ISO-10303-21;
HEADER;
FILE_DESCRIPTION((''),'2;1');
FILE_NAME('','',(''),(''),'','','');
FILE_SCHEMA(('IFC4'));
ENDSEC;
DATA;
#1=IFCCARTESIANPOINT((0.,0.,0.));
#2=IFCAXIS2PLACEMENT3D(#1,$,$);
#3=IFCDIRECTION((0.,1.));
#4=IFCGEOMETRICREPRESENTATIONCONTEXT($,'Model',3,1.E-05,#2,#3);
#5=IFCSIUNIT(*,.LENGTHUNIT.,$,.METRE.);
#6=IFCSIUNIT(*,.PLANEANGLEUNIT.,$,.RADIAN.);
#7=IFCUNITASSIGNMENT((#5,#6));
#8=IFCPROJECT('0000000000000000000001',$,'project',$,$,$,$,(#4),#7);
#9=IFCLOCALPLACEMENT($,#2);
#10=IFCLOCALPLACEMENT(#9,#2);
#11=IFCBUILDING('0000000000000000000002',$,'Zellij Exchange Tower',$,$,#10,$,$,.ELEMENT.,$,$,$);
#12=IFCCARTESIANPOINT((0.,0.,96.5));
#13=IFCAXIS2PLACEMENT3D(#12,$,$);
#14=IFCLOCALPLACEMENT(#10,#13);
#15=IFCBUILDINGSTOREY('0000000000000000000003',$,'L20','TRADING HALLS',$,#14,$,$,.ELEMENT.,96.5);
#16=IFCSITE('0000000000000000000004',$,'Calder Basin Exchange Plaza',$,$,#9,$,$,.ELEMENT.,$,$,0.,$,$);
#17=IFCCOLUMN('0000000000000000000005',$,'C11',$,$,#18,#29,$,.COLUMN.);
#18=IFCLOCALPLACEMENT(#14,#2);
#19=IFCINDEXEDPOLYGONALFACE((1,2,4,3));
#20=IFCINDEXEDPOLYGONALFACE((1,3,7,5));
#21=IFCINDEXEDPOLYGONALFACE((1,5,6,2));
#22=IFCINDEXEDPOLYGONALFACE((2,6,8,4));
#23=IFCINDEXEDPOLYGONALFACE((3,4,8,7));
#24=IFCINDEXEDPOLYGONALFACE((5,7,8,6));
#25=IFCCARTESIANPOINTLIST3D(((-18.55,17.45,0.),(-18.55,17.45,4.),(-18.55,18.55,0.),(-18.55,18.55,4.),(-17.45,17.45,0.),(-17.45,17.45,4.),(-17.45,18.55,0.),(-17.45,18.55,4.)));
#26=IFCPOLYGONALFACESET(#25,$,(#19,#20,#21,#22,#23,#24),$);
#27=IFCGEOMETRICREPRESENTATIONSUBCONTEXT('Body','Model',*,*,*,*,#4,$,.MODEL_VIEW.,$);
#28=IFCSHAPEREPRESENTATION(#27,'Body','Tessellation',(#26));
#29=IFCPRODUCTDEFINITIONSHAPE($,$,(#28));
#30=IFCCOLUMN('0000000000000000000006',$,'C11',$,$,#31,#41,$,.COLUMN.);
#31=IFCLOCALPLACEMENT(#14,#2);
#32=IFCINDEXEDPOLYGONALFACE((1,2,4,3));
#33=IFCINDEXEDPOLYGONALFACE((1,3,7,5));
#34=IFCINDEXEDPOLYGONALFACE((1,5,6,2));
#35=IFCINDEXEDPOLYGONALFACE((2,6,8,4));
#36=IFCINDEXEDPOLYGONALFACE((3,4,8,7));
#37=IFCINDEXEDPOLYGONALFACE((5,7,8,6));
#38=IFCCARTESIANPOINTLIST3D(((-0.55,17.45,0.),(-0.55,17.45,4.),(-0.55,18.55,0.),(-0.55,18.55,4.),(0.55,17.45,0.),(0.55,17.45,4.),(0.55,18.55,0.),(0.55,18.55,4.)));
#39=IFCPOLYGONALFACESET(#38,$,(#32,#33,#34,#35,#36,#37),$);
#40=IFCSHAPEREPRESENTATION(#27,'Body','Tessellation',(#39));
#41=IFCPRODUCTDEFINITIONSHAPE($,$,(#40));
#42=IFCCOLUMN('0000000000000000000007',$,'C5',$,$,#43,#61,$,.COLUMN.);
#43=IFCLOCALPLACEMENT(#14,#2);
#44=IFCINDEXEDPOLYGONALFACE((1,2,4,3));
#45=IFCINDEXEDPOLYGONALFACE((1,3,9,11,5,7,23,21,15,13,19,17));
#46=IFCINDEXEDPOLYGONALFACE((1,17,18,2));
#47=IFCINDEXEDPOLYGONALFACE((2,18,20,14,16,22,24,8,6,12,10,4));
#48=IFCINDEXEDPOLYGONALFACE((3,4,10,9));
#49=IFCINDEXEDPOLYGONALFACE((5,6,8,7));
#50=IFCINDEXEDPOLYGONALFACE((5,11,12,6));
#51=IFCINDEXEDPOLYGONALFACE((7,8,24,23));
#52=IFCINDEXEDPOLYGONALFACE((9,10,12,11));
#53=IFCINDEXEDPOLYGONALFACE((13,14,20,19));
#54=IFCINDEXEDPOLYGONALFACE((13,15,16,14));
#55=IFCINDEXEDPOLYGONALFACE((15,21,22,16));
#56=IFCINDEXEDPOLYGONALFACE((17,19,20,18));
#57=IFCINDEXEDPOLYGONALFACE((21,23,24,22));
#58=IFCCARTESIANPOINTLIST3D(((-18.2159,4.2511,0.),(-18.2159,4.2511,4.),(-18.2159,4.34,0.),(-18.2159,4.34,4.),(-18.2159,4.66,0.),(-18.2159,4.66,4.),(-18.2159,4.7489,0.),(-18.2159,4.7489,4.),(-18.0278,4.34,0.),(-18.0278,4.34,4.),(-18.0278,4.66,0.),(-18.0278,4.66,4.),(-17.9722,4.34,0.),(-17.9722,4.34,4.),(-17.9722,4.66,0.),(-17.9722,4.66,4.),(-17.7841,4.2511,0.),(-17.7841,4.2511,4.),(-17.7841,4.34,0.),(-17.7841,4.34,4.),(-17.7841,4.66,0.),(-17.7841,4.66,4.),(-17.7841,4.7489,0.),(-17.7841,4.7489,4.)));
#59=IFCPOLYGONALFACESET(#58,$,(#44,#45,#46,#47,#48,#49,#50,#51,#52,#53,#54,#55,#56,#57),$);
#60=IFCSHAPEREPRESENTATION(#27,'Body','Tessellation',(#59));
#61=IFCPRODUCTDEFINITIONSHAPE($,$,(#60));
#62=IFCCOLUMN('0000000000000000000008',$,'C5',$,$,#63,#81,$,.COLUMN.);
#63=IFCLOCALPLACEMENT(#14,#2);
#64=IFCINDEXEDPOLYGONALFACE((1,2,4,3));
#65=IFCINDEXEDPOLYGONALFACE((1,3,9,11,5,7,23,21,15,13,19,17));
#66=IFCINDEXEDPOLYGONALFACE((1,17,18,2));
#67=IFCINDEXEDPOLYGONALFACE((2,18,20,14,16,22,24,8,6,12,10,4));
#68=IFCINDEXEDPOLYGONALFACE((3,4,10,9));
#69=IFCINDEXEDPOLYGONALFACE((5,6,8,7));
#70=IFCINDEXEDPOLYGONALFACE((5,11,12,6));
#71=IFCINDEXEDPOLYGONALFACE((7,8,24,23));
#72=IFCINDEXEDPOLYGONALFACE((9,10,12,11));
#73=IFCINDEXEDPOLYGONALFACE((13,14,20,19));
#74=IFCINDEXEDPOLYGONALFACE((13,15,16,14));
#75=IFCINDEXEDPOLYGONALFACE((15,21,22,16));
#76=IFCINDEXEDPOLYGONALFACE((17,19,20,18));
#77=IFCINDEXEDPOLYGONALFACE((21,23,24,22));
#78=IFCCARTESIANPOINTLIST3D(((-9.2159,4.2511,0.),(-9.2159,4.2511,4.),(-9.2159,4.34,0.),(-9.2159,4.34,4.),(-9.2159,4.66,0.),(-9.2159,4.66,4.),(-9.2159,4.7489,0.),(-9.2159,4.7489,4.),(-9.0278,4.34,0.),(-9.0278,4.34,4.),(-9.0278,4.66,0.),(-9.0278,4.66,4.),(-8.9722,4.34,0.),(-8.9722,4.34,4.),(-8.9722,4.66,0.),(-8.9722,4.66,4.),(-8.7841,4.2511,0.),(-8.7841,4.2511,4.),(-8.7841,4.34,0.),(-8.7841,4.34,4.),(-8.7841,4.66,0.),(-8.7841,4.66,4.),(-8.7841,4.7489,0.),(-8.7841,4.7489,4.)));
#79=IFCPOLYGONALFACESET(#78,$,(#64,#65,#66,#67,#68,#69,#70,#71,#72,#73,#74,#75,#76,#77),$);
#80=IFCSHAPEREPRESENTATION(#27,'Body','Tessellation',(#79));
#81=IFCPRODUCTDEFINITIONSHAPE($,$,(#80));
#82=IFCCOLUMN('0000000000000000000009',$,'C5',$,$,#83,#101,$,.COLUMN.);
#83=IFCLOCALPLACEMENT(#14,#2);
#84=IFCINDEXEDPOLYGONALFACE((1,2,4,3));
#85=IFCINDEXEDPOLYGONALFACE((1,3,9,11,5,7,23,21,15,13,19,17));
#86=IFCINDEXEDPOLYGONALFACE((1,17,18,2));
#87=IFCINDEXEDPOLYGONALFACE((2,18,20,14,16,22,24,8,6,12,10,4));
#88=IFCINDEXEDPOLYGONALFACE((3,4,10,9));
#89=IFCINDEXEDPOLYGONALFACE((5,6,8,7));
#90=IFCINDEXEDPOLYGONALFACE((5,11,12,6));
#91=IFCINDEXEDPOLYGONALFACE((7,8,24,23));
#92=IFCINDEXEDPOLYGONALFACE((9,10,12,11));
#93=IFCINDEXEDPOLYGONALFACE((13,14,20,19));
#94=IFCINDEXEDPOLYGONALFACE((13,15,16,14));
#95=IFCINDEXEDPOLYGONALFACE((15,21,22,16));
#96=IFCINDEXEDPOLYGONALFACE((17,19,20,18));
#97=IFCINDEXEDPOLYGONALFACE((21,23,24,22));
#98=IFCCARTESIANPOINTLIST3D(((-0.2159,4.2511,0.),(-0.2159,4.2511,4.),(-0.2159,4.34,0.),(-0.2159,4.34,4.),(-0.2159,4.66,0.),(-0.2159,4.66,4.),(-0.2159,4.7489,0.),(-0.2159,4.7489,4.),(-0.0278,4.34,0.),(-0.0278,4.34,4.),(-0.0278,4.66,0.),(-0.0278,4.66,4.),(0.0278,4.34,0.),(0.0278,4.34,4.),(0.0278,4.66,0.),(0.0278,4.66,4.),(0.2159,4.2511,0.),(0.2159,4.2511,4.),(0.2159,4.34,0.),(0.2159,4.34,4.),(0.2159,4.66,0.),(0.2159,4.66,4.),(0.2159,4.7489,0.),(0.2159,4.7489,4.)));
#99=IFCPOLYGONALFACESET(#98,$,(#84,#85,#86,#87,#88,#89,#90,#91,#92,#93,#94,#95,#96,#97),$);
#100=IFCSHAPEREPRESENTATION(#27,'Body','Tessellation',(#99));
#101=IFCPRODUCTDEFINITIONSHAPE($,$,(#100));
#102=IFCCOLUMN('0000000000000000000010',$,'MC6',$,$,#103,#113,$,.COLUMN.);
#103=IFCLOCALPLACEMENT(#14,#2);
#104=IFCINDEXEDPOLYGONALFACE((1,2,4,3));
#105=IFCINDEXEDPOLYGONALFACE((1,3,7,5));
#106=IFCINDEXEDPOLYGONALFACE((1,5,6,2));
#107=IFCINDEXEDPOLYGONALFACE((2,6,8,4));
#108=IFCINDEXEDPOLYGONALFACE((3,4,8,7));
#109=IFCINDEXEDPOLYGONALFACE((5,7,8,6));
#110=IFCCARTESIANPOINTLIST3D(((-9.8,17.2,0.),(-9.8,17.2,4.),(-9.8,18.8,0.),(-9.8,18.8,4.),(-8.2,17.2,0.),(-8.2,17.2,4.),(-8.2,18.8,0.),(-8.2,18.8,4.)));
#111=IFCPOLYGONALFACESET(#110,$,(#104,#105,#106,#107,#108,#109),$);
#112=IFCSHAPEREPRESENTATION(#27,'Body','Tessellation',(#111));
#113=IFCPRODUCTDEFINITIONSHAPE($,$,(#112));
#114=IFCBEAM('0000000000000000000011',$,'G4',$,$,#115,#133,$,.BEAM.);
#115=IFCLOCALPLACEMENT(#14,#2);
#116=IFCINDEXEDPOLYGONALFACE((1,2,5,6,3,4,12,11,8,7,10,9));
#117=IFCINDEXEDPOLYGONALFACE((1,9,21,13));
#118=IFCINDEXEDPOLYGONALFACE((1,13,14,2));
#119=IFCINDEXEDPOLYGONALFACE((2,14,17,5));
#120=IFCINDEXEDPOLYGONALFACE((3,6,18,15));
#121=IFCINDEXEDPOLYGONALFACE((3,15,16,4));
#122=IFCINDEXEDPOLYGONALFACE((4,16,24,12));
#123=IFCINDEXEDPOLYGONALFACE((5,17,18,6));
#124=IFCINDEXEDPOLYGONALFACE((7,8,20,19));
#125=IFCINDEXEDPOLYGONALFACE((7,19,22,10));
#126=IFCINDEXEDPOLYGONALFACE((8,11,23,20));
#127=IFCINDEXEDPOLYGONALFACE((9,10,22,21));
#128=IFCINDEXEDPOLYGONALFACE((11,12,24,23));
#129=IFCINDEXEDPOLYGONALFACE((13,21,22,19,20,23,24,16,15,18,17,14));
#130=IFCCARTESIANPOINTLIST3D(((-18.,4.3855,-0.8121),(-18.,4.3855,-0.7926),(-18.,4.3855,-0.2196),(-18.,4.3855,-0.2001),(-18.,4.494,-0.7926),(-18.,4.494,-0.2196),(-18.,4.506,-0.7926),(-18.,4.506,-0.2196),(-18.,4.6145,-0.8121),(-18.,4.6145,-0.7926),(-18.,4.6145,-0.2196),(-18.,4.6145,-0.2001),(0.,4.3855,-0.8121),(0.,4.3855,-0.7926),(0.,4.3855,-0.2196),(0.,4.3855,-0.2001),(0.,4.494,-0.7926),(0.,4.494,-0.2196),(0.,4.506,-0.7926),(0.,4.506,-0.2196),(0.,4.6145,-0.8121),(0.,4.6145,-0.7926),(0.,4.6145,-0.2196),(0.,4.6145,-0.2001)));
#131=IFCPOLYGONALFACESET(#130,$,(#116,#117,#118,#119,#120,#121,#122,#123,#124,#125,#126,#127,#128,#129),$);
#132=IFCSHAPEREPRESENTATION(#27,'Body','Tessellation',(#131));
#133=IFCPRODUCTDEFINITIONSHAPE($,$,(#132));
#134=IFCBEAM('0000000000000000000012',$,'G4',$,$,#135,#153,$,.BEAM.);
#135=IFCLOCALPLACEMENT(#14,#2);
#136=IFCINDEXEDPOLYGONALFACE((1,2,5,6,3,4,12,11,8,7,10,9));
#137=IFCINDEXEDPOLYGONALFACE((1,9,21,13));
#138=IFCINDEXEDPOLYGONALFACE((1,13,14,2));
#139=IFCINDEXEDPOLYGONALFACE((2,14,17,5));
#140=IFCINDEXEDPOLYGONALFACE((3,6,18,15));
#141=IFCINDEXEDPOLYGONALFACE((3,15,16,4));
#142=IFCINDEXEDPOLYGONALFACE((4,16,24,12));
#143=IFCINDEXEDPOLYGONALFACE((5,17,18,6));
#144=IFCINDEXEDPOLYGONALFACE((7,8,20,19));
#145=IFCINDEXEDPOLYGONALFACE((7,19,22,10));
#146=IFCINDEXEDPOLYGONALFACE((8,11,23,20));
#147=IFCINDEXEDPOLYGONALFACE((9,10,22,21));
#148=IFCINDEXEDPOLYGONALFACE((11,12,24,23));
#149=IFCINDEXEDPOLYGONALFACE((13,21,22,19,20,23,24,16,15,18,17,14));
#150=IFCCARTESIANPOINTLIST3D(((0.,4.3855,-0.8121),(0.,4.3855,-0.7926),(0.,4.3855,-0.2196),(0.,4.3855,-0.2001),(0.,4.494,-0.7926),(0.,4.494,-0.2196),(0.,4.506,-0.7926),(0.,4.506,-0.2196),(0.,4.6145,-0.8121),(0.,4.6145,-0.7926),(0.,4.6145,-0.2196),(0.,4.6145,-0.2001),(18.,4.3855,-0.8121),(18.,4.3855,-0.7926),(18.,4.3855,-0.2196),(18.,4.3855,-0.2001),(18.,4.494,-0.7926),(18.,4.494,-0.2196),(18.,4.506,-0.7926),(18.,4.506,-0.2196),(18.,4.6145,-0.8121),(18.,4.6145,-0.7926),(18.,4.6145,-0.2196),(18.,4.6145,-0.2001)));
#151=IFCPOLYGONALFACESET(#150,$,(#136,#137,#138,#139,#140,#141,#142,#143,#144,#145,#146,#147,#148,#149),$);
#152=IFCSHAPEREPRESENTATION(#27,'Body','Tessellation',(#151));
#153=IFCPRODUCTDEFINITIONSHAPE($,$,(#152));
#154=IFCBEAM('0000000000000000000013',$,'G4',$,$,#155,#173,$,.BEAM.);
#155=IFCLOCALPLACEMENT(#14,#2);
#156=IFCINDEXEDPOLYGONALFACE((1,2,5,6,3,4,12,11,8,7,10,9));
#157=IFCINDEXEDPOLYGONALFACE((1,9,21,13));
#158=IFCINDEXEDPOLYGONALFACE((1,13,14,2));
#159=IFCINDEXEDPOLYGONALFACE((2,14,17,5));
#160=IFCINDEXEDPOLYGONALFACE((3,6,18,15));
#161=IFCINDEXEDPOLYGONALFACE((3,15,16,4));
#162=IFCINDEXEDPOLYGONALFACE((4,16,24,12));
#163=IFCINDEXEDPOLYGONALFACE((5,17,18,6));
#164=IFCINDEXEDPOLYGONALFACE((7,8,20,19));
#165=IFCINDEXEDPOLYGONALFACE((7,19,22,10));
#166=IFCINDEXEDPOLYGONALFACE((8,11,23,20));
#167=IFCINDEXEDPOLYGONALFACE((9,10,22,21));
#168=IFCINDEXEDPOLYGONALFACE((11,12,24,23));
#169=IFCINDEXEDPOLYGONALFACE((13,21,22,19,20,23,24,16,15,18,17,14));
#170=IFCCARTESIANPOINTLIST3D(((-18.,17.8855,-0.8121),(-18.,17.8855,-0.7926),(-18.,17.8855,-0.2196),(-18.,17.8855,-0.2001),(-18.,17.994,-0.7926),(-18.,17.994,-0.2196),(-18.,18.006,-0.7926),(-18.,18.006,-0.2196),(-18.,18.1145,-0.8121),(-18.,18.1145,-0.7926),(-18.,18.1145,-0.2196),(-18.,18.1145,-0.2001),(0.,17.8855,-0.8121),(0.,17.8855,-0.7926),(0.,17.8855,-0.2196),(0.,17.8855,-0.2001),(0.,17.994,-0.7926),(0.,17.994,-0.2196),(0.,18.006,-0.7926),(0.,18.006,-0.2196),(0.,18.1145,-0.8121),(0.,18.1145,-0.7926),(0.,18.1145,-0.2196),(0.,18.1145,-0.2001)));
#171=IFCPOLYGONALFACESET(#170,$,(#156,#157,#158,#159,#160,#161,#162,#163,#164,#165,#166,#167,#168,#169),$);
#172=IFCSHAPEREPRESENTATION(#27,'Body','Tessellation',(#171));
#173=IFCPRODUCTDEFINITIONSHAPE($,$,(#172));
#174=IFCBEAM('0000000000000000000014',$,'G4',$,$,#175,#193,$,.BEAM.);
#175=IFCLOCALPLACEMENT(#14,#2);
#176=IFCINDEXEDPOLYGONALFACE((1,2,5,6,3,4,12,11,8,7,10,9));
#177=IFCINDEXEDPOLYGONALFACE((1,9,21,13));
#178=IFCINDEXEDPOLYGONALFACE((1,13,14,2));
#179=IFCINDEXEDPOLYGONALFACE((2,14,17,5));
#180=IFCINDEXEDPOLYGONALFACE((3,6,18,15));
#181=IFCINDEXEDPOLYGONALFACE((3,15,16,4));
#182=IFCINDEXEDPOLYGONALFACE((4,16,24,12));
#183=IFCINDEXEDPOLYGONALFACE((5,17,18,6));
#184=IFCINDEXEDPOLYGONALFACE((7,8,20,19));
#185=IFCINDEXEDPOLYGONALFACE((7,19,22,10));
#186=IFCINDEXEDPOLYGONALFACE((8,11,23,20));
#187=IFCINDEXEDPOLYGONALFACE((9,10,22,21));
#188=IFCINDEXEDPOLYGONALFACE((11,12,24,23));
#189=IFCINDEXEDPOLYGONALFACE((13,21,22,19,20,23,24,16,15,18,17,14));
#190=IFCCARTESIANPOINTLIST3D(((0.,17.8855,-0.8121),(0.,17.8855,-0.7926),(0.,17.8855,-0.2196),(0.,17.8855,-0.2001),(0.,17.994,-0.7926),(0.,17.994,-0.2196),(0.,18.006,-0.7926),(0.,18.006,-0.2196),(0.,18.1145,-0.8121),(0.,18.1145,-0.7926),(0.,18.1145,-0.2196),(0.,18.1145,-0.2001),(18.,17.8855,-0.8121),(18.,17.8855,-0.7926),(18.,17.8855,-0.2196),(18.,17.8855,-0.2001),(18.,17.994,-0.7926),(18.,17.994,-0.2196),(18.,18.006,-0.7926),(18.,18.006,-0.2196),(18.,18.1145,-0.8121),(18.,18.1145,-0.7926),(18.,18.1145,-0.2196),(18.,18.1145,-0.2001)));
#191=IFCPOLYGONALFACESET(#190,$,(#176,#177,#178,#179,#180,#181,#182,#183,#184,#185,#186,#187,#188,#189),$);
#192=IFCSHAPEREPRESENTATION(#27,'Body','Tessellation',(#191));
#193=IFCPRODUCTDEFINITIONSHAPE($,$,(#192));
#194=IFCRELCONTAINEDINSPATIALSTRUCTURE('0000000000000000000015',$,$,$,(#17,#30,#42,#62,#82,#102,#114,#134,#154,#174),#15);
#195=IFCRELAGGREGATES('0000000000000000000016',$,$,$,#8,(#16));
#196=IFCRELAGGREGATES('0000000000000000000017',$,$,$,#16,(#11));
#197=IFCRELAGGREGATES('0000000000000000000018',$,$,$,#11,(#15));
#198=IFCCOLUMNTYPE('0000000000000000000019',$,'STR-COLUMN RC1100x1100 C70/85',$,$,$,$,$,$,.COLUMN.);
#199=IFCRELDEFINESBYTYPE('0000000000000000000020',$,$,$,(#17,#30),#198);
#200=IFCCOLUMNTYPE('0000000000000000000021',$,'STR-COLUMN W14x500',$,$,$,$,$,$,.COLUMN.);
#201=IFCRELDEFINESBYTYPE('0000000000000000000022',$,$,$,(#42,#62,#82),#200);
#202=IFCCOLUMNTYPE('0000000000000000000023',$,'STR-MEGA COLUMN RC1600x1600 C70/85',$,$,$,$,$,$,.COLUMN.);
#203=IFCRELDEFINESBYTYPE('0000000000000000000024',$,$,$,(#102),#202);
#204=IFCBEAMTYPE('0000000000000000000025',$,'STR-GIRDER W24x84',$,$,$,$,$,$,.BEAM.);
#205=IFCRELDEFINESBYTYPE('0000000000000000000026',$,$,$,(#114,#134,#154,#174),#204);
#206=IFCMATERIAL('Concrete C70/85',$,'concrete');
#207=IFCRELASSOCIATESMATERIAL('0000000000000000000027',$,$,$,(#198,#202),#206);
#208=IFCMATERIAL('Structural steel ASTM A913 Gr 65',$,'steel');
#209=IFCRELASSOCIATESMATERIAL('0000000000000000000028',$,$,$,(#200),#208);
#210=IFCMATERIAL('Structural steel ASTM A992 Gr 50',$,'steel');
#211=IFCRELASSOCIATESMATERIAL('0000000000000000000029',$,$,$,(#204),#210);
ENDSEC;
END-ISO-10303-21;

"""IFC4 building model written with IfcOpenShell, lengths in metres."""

from ifc_helpers import new_model, si_unit, direction, frame, origin, origin_2d, place, context, subcontext, project, spatial, rectangle, i_section, extrude, material, material_profile, profile_set, type_object, element, save


model = new_model("IFC4")

# Units and contexts
model_context = context("Model", 3, precision=1e-05, world=origin(), true_north=direction((0.0, 1.0)))
body_context = subcontext(model_context, "Body", "Model", "MODEL_VIEW")
ifc_project = project(units=[si_unit("LENGTHUNIT", "METRE"), si_unit("PLANEANGLEUNIT", "RADIAN")], contexts=[model_context])

# Site, building, storey
site_placement = place(None, origin())
site = spatial("IfcSite", under=ifc_project, at=site_placement, Name="Calder Basin Exchange Plaza", CompositionType="ELEMENT", RefElevation=0.0)
building_placement = place(site_placement, origin())
building = spatial("IfcBuilding", under=site, at=building_placement, Name="Zellij Exchange Tower", CompositionType="ELEMENT")
storey_placement = place(building_placement, frame((0.0, 0.0, 96.5)))
storey = spatial("IfcBuildingStorey", under=building, at=storey_placement, Name="L20", Description="TRADING HALLS", CompositionType="ELEMENT", Elevation=96.5)

# Columns
ifc_material_1 = material(Name="Concrete C70/85", Category="concrete")
ifc_material_profile_1 = material_profile(ifc_material_1, rectangle(XDim=1.1001, YDim=1.1001, at=origin_2d()), Name="STR-COLUMN RC1100x1100 C70/85")
ifc_profile_set_1 = profile_set([ifc_material_profile_1], Name="Concrete C70/85")
column_type_1 = type_object("IfcColumnType", Name="STR-COLUMN RC1100x1100 C70/85", PredefinedType="COLUMN", material=ifc_profile_set_1)
for number, where, z_axis, x_axis, name in (
    (1, (-18.0, 18.0, 0.0), (0.0, 0.0, 1.0), (1.0, 0.0, 0.0), "C11"),
    (2, (0.0, 18.0, 0.0), (0.0, 0.0, 1.0), (1.0, 0.0, 0.0), "C11"),
):
    element("IfcColumn", number, at=place(storey_placement, frame(where, z_axis=z_axis, x_axis=x_axis)), inside=storey, type_object=column_type_1, Name=name, PredefinedType="COLUMN", context=body_context, shape_type="SweptSolid", body=[
        extrude(rectangle(XDim=1.1001, YDim=1.1001, at=origin_2d()), origin(), (0.0, 0.0, 1.0), 4.0),
    ])
ifc_material_2 = material(Name="Structural steel ASTM A913 Gr 65", Category="steel")
ifc_material_profile_2 = material_profile(ifc_material_2, i_section(OverallWidth=0.4319, OverallDepth=0.4978, WebThickness=0.0557, FlangeThickness=0.0889, at=origin_2d()), Name="W14x500")
ifc_profile_set_2 = profile_set([ifc_material_profile_2], Name="Structural steel ASTM A913 Gr 65")
column_type_2 = type_object("IfcColumnType", Name="STR-COLUMN W14x500", PredefinedType="COLUMN", material=ifc_profile_set_2)
for number, where, z_axis, x_axis, name in (
    (3, (-18.0, 4.5, 0.0), (0.0, 0.0, 1.0), (1.0, 0.0, 0.0), "C5"),
    (4, (-9.0, 4.5, 0.0), (0.0, 0.0, 1.0), (1.0, 0.0, 0.0), "C5"),
    (5, (0.0, 4.5, 0.0), (0.0, 0.0, 1.0), (1.0, 0.0, 0.0), "C5"),
):
    element("IfcColumn", number, at=place(storey_placement, frame(where, z_axis=z_axis, x_axis=x_axis)), inside=storey, type_object=column_type_2, Name=name, PredefinedType="COLUMN", context=body_context, shape_type="SweptSolid", body=[
        extrude(i_section(OverallWidth=0.4319, OverallDepth=0.4978, WebThickness=0.0557, FlangeThickness=0.0889, at=origin_2d()), origin(), (0.0, 0.0, 1.0), 4.0),
    ])
ifc_material_profile_3 = material_profile(ifc_material_1, rectangle(XDim=1.6001, YDim=1.6001, at=origin_2d()), Name="STR-MEGA COLUMN RC1600x1600 C70/85")
ifc_profile_set_3 = profile_set([ifc_material_profile_3], Name="Concrete C70/85")
column_type_3 = type_object("IfcColumnType", Name="STR-MEGA COLUMN RC1600x1600 C70/85", PredefinedType="COLUMN", material=ifc_profile_set_3)
column_placement = place(storey_placement, frame((-9.0, 18.0, 0.0), z_axis=(0.0, 0.0, 1.0), x_axis=(1.0, 0.0, 0.0)))
element("IfcColumn", 6, at=column_placement, inside=storey, type_object=column_type_3, Name="MC6", PredefinedType="COLUMN", context=body_context, shape_type="SweptSolid", body=[
    extrude(rectangle(XDim=1.6001, YDim=1.6001, at=origin_2d()), origin(), (0.0, 0.0, 1.0), 4.0),
])

# Beams
ifc_material_3 = material(Name="Structural steel ASTM A992 Gr 50", Category="steel")
ifc_material_profile_4 = material_profile(ifc_material_3, i_section(OverallWidth=0.229, OverallDepth=0.6121, WebThickness=0.012, FlangeThickness=0.0195, at=origin_2d()), Name="W24x84")
ifc_profile_set_4 = profile_set([ifc_material_profile_4], Name="Structural steel ASTM A992 Gr 50")
beam_type = type_object("IfcBeamType", Name="STR-GIRDER W24x84", PredefinedType="BEAM", material=ifc_profile_set_4)
for number, where, z_axis, x_axis, name in (
    (7, (-18.0, 4.5, -0.5061), (1.0, 0.0, 0.0), (0.0, 1.0, 0.0), "G4"),
    (8, (0.0, 4.5, -0.5061), (1.0, 0.0, 0.0), (0.0, 1.0, 0.0), "G4"),
    (9, (-18.0, 18.0, -0.5061), (1.0, 0.0, 0.0), (0.0, 1.0, 0.0), "G4"),
    (10, (0.0, 18.0, -0.5061), (1.0, 0.0, 0.0), (0.0, 1.0, 0.0), "G4"),
):
    element("IfcBeam", number, at=place(storey_placement, frame(where, z_axis=z_axis, x_axis=x_axis)), inside=storey, type_object=beam_type, Name=name, PredefinedType="BEAM", context=body_context, shape_type="SweptSolid", body=[
        extrude(i_section(OverallWidth=0.229, OverallDepth=0.6121, WebThickness=0.012, FlangeThickness=0.0195, at=origin_2d()), origin(), (0.0, 0.0, 1.0), 18.0),
    ])

save(model, "model.ifc")
